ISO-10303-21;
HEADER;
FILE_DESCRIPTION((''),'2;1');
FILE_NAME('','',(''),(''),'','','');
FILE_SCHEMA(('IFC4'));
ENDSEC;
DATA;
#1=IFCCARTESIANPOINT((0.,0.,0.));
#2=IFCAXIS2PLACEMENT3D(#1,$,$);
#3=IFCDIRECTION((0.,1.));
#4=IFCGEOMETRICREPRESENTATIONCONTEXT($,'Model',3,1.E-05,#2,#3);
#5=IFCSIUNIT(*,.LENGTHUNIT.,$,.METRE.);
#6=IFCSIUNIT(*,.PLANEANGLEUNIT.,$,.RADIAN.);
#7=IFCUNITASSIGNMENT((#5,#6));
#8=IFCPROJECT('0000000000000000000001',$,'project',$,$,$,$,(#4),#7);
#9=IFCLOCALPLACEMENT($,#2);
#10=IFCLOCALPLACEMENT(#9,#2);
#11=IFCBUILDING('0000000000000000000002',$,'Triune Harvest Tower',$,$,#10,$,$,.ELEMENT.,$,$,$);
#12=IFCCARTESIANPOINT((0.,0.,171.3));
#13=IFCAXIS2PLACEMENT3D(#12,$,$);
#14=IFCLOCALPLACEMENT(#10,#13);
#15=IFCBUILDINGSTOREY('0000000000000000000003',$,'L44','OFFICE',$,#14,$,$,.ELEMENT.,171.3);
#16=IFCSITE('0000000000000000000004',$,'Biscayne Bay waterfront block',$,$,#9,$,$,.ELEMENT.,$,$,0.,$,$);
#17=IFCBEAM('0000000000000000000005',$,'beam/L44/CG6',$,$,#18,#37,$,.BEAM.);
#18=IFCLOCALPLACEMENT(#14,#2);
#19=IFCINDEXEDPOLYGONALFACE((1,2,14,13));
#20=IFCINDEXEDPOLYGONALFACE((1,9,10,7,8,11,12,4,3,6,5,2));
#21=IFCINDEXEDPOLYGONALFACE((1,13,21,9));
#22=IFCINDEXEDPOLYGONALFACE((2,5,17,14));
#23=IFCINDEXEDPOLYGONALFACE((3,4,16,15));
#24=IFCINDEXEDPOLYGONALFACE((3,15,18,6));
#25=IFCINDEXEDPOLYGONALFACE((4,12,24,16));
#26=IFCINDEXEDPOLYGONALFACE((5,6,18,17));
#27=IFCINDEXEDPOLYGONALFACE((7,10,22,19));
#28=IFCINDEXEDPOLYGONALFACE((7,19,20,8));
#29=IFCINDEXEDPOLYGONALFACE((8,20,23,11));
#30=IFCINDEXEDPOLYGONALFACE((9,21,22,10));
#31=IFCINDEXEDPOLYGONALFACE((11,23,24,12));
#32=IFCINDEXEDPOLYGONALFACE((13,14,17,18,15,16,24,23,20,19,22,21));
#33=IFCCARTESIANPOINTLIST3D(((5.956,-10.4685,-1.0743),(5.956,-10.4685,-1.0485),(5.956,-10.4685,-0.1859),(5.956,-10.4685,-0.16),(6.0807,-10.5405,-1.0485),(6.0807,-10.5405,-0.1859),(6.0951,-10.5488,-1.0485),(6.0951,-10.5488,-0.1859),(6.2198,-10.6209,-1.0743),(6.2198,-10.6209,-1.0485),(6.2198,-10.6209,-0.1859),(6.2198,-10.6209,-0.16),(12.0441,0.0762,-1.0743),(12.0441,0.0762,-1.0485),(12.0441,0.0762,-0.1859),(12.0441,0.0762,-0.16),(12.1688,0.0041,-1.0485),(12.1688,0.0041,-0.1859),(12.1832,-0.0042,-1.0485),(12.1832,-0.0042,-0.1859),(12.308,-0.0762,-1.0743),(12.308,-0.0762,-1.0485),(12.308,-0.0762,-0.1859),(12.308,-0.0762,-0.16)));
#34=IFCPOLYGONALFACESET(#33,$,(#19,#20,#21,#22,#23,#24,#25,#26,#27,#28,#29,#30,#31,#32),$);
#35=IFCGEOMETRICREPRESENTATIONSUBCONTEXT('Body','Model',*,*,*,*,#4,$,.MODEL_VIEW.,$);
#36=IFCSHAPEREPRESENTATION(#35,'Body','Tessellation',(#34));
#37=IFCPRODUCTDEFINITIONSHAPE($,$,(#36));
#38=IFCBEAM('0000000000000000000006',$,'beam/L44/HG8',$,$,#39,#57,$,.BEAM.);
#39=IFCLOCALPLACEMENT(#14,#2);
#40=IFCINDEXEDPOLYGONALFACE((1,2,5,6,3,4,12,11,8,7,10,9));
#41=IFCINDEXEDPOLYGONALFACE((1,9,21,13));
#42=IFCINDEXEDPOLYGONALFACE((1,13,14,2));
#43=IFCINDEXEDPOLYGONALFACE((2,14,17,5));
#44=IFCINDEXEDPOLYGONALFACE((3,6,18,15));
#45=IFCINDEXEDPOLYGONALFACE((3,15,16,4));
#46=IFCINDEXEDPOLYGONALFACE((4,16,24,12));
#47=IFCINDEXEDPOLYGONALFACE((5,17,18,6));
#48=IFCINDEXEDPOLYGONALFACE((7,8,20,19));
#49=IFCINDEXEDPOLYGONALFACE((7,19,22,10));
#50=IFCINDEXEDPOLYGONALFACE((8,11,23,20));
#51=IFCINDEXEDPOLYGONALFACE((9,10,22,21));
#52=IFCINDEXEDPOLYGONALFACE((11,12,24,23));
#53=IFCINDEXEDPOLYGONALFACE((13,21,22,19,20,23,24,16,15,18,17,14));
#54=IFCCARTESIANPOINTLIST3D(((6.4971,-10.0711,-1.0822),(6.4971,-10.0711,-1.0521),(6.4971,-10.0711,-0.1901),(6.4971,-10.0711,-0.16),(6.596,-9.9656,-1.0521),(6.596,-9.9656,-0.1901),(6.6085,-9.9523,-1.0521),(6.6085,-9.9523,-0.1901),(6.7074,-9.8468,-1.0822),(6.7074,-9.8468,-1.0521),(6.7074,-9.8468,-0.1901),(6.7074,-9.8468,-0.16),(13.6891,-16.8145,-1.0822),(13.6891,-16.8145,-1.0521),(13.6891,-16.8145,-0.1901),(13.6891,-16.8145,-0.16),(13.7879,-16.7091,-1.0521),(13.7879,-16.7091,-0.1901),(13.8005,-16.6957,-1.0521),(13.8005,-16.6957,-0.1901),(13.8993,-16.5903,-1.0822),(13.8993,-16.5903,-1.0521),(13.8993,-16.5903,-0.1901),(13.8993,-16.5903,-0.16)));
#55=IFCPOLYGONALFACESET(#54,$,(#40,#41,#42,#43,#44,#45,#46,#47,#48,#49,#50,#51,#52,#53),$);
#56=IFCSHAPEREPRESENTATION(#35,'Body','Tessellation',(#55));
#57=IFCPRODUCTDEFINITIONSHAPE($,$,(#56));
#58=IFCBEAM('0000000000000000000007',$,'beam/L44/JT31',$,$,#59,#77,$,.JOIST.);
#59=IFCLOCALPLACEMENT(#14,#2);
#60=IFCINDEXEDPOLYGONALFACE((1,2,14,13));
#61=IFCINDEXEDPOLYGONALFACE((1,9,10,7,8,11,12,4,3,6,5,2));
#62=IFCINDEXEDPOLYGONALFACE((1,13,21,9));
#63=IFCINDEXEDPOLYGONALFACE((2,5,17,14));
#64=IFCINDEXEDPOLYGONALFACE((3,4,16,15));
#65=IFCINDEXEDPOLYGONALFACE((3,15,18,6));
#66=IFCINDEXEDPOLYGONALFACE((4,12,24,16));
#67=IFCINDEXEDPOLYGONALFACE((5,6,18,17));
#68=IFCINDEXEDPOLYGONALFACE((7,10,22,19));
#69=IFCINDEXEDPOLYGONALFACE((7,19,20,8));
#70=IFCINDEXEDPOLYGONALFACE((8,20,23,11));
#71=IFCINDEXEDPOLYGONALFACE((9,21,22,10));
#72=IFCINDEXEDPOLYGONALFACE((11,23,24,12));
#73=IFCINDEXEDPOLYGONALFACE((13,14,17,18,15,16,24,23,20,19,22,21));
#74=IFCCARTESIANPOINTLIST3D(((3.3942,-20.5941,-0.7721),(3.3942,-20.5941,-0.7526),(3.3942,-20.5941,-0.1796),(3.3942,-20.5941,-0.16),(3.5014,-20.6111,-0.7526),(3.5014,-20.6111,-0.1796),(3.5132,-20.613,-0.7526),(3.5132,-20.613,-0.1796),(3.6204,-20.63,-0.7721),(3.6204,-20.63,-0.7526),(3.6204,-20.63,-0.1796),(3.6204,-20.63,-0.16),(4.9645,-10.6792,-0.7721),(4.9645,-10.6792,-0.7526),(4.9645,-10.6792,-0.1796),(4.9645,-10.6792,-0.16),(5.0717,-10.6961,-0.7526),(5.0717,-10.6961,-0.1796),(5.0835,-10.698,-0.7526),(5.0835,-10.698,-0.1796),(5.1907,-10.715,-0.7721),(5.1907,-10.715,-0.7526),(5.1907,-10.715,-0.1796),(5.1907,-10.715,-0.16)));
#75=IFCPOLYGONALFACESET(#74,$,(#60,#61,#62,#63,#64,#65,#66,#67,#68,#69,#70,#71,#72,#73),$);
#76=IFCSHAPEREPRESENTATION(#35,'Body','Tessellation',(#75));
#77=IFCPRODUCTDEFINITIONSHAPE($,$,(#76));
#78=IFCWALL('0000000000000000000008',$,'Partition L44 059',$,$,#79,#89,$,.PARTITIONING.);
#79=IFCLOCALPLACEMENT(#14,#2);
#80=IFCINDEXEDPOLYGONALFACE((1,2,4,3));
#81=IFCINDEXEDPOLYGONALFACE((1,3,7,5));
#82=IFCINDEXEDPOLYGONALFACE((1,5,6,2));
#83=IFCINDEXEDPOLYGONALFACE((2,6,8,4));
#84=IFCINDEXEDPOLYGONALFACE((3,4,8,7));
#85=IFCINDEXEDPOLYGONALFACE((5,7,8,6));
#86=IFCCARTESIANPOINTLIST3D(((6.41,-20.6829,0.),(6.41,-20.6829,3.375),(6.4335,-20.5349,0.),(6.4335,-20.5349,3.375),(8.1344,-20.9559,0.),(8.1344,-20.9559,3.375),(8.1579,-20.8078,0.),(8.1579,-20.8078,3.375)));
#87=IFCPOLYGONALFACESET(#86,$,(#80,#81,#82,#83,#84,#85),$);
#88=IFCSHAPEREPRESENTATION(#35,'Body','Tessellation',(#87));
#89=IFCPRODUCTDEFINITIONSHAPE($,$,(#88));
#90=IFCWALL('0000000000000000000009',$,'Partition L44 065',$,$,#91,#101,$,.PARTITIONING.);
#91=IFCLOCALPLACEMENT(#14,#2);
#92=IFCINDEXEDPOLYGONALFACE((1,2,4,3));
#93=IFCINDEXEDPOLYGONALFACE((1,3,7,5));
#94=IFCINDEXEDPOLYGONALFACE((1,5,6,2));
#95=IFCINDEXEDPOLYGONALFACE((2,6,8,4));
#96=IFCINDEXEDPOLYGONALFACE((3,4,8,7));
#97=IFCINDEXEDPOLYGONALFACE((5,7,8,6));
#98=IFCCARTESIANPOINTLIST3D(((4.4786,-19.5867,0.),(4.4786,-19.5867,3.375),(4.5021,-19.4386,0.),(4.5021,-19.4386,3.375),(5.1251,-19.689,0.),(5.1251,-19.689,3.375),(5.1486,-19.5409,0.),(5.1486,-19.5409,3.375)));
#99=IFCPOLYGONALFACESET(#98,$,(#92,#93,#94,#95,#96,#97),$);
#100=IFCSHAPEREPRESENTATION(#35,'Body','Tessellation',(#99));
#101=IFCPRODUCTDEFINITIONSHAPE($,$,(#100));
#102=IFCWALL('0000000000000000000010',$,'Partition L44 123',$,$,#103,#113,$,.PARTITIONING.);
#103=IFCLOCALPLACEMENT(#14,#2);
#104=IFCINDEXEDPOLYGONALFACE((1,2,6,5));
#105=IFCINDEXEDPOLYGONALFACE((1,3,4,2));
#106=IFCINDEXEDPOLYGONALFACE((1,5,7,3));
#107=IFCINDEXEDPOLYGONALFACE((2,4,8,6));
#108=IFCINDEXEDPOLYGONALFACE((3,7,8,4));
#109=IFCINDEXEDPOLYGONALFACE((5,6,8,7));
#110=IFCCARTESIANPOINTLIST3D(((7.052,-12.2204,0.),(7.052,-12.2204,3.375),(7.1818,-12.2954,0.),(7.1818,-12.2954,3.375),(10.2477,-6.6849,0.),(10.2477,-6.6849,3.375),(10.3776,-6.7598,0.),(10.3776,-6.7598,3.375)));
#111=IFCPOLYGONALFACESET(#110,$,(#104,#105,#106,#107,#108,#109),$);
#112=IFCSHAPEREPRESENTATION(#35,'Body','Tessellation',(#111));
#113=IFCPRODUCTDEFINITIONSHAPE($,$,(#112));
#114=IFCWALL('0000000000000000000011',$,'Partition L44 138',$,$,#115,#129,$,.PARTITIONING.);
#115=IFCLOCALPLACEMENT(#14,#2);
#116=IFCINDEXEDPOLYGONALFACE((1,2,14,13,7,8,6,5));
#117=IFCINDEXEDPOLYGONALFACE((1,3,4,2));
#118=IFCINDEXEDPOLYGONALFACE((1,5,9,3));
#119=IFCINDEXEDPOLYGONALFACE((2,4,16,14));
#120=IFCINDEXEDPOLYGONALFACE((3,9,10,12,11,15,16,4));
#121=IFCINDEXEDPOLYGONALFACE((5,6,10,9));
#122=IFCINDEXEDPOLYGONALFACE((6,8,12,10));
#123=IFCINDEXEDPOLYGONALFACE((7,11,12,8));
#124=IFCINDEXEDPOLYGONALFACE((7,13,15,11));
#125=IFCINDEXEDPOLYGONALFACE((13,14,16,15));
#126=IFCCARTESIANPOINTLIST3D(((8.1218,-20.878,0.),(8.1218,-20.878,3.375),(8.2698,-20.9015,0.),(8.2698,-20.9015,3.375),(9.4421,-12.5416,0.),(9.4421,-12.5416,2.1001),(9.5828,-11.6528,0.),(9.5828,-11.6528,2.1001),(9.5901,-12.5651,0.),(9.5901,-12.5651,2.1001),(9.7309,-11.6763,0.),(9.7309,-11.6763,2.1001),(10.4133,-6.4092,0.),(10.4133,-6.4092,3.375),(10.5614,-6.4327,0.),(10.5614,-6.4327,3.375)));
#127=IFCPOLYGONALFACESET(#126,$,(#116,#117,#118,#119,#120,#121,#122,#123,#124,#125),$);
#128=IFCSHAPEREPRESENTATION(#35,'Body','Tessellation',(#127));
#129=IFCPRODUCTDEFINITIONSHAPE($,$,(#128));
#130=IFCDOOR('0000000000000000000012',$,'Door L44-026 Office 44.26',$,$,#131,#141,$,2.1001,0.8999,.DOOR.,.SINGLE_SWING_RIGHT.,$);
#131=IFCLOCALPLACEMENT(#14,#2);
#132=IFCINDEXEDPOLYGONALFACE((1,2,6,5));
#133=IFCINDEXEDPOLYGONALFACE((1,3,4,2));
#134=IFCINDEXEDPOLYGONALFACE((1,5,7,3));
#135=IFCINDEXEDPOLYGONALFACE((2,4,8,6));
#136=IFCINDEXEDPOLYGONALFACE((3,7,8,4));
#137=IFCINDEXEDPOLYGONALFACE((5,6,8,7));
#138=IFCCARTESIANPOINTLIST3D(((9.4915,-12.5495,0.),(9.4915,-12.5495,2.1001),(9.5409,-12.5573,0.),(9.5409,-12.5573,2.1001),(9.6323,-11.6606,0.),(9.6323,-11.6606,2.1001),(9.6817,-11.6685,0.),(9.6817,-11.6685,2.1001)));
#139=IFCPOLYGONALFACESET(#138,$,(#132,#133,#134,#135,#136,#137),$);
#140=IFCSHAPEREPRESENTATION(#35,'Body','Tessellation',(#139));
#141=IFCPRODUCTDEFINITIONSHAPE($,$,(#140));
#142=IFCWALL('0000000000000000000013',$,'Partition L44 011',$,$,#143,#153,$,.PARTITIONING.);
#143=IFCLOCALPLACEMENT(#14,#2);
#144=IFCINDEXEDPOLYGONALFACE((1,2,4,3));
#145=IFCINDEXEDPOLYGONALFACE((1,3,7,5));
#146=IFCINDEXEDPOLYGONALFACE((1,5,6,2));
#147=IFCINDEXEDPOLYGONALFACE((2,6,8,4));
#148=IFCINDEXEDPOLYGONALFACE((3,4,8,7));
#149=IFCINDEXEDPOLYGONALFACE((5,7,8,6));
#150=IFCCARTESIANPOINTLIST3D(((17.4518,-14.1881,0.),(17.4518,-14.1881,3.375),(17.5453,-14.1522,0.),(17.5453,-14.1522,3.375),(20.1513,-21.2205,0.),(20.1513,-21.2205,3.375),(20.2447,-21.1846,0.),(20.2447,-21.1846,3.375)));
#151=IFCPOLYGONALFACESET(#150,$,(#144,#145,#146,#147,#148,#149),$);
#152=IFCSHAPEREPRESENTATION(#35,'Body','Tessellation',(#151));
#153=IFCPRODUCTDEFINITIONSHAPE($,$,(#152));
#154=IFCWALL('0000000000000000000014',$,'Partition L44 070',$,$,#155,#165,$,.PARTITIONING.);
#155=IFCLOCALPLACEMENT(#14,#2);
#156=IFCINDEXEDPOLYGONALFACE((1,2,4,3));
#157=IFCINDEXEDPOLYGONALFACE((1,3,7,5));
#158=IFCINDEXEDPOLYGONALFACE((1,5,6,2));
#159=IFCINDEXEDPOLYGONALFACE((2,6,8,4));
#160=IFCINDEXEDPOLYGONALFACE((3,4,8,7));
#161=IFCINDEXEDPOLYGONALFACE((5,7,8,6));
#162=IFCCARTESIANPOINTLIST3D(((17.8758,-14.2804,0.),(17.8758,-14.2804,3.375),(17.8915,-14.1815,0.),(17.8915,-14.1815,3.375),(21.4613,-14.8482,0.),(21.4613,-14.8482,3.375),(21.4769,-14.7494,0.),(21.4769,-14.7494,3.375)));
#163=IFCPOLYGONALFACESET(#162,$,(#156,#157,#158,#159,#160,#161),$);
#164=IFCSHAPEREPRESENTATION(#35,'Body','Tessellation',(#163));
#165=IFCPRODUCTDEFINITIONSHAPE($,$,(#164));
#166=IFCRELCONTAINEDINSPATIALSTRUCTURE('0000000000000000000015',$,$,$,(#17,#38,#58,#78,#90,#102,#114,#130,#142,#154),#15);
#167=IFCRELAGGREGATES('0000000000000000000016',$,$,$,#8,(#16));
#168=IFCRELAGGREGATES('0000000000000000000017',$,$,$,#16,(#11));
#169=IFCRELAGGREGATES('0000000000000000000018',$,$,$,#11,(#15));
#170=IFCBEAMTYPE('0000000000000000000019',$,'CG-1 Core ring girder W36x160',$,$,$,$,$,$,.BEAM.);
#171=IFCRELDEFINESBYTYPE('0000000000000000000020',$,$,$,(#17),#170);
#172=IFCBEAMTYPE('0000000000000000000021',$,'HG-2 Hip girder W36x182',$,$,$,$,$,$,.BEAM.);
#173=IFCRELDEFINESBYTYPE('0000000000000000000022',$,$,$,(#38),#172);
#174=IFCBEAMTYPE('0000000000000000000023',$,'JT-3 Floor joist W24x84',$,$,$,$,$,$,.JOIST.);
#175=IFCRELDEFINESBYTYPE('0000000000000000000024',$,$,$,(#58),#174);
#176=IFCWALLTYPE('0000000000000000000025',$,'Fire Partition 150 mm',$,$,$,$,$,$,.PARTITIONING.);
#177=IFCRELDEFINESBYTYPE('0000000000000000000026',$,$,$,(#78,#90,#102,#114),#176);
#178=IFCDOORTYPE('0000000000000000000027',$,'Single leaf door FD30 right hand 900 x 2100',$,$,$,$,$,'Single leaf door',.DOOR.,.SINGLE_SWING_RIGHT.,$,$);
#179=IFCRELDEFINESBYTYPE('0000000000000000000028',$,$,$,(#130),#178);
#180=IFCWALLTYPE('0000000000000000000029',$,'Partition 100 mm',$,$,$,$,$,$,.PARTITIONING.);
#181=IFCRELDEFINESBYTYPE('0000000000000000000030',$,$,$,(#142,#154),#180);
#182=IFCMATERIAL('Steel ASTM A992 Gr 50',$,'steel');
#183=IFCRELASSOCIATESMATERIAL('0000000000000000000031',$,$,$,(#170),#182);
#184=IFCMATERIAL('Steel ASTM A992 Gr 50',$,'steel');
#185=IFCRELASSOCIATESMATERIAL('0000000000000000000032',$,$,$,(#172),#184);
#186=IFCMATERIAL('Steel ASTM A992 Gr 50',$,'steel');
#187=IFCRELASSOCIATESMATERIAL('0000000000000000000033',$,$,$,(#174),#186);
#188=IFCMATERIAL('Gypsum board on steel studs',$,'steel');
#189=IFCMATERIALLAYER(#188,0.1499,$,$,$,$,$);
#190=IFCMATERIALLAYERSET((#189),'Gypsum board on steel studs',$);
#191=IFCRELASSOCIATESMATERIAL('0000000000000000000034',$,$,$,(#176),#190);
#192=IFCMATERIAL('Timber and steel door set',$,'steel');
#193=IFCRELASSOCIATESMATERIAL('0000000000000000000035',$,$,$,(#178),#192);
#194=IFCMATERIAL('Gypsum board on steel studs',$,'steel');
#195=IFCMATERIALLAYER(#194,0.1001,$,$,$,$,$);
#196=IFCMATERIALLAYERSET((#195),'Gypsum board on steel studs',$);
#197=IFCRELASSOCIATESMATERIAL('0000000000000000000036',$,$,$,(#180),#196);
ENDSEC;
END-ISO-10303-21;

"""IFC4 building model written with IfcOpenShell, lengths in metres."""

from ifc_helpers import new_model, si_unit, direction, frame, frame_2d, origin, origin_2d, place, context, subcontext, project, spatial, rectangle, i_section, extrude, source, transform, mapped, material, layer, layer_set, material_profile, profile_set, type_object, element, fill, save


model = new_model("IFC4")

# Units and contexts
model_context = context("Model", 3, precision=1e-05, world=origin(), true_north=direction((0.0, 1.0)))
body_context = subcontext(model_context, "Body", "Model", "MODEL_VIEW")
ifc_project = project(units=[si_unit("LENGTHUNIT", "METRE"), si_unit("PLANEANGLEUNIT", "RADIAN")], contexts=[model_context])

# Site, building, storey
site_placement = place(None, origin())
site = spatial("IfcSite", under=ifc_project, at=site_placement, Name="Biscayne Bay waterfront block", CompositionType="ELEMENT", RefElevation=0.0)
building_placement = place(site_placement, origin())
building = spatial("IfcBuilding", under=site, at=building_placement, Name="Triune Harvest Tower", CompositionType="ELEMENT")
storey_placement = place(building_placement, frame((0.0, 0.0, 171.3)))
storey = spatial("IfcBuildingStorey", under=building, at=storey_placement, Name="L44", Description="OFFICE", CompositionType="ELEMENT", Elevation=171.3)

# Beams
ifc_material_1 = material(Name="Steel ASTM A992 Gr 50", Category="steel")
ifc_material_profile_1 = material_profile(ifc_material_1, i_section(OverallWidth=0.3047, OverallDepth=0.9143, WebThickness=0.0166, FlangeThickness=0.0259, at=origin_2d()), Name="W36x160")
ifc_profile_set_1 = profile_set([ifc_material_profile_1], Name="Steel ASTM A992 Gr 50")
beam_type_1 = type_object("IfcBeamType", Name="CG-1 Core ring girder W36x160", PredefinedType="BEAM", material=ifc_profile_set_1)
shared_shape_1 = source(origin(), body_context, "Body", "SweptSolid", [
    extrude(i_section(OverallWidth=0.3047, OverallDepth=0.9143, WebThickness=0.0166, FlangeThickness=0.0259, at=origin_2d()), origin(), (0.0, 0.0, 1.0), 12.176),
])
beam_1_placement = place(storey_placement, frame((6.0879, -10.5447, -0.6172), z_axis=(0.50001, 0.86602, 0.0), x_axis=(-0.86602, 0.50001, 0.0)))
element("IfcBeam", 1, at=beam_1_placement, inside=storey, type_object=beam_type_1, Name="beam/L44/CG6", PredefinedType="BEAM", context=body_context, shape_type="MappedRepresentation", body=[
    mapped(shared_shape_1, transform((0.0, 0.0, 0.0), scale=1.0)),
])
ifc_material_2 = material(Name="Steel ASTM A992 Gr 50", Category="steel")
ifc_material_profile_2 = material_profile(ifc_material_2, i_section(OverallWidth=0.3074, OverallDepth=0.9221, WebThickness=0.0183, FlangeThickness=0.03, at=origin_2d()), Name="W36x182")
ifc_profile_set_2 = profile_set([ifc_material_profile_2], Name="Steel ASTM A992 Gr 50")
beam_type_2 = type_object("IfcBeamType", Name="HG-2 Hip girder W36x182", PredefinedType="BEAM", material=ifc_profile_set_2)
shared_shape_2 = source(origin(), body_context, "Body", "SweptSolid", [
    extrude(i_section(OverallWidth=0.3074, OverallDepth=0.9221, WebThickness=0.0183, FlangeThickness=0.03, at=origin_2d()), origin(), (0.0, 0.0, 1.0), 9.8589),
])
beam_2_placement = place(storey_placement, frame((13.7942, -16.7024, -0.6211), z_axis=(-0.729486, 0.683995, 0.0), x_axis=(-0.683995, -0.729486, 0.0)))
element("IfcBeam", 2, at=beam_2_placement, inside=storey, type_object=beam_type_2, Name="beam/L44/HG8", PredefinedType="BEAM", context=body_context, shape_type="MappedRepresentation", body=[
    mapped(shared_shape_2, transform((0.0, 0.0, 0.0), scale=1.0)),
])
ifc_material_3 = material(Name="Steel ASTM A992 Gr 50", Category="steel")
ifc_material_profile_3 = material_profile(ifc_material_3, i_section(OverallWidth=0.229, OverallDepth=0.6121, WebThickness=0.012, FlangeThickness=0.0195, at=origin_2d()), Name="W24x84")
ifc_profile_set_3 = profile_set([ifc_material_profile_3], Name="Steel ASTM A992 Gr 50")
beam_type_3 = type_object("IfcBeamType", Name="JT-3 Floor joist W24x84", PredefinedType="JOIST", material=ifc_profile_set_3)
shared_shape_3 = source(origin(), body_context, "Body", "SweptSolid", [
    extrude(i_section(OverallWidth=0.229, OverallDepth=0.6121, WebThickness=0.012, FlangeThickness=0.0195, at=origin_2d()), origin(), (0.0, 0.0, 1.0), 10.0386),
])
beam_3_placement = place(storey_placement, frame((3.5073, -20.6121, -0.4661), z_axis=(0.156427, 0.98769, 0.0), x_axis=(-0.98769, 0.156427, 0.0)))
element("IfcBeam", 3, at=beam_3_placement, inside=storey, type_object=beam_type_3, Name="beam/L44/JT31", PredefinedType="JOIST", context=body_context, shape_type="MappedRepresentation", body=[
    mapped(shared_shape_3, transform((0.0, 0.0, 0.0), scale=1.0)),
])

# Walls
ifc_material_4 = material(Name="Gypsum board on steel studs", Category="steel")
ifc_layer_1 = layer(ifc_material_4, 0.1499)
ifc_layer_set_1 = layer_set([ifc_layer_1], Name="Gypsum board on steel studs")
wall_type_1 = type_object("IfcWallType", Name="Fire Partition 150 mm", PredefinedType="PARTITIONING", material=ifc_layer_set_1)
wall_1_placement = place(storey_placement, frame((6.4216, -20.6089, 0.0), z_axis=(0.0, 0.0, 1.0), x_axis=(0.987703, -0.156343, 0.0)))
element("IfcWall", 4, at=wall_1_placement, inside=storey, type_object=wall_type_1, Name="Partition L44 059", PredefinedType="PARTITIONING", context=body_context, shape_type="SweptSolid", body=[
    extrude(rectangle(XDim=1.7458, YDim=0.1499, at=frame_2d((0.873, 0.0))), origin(), (0.0, 0.0, 1.0), 3.375),
])
wall_2_placement = place(storey_placement, frame((4.4905, -19.5127, 0.0), z_axis=(0.0, 0.0, 1.0), x_axis=(0.987711, -0.156288, 0.0)))
element("IfcWall", 5, at=wall_2_placement, inside=storey, type_object=wall_type_1, Name="Partition L44 065", PredefinedType="PARTITIONING", context=body_context, shape_type="SweptSolid", body=[
    extrude(rectangle(XDim=0.6545, YDim=0.1499, at=frame_2d((0.3271, 0.0))), origin(), (0.0, 0.0, 1.0), 3.375),
])
wall_3_placement = place(storey_placement, frame((7.1169, -12.2578, 0.0), z_axis=(0.0, 0.0, 1.0), x_axis=(0.499976, 0.866039, 0.0)))
element("IfcWall", 6, at=wall_3_placement, inside=storey, type_object=wall_type_1, Name="Partition L44 123", PredefinedType="PARTITIONING", context=body_context, shape_type="SweptSolid", body=[
    extrude(rectangle(XDim=6.3918, YDim=0.1499, at=frame_2d((3.1958, 0.0))), origin(), (0.0, 0.0, 1.0), 3.375),
])

# Wall, opening, door
wall_4_placement = place(storey_placement, frame((8.1958, -20.8899, 0.0), z_axis=(0.0, 0.0, 1.0), x_axis=(0.156426, 0.98769, 0.0)))
wall_4 = element("IfcWall", 7, at=wall_4_placement, inside=storey, type_object=wall_type_1, Name="Partition L44 138", PredefinedType="PARTITIONING", context=body_context, shape_type="SweptSolid", body=[
    extrude(rectangle(XDim=14.6492, YDim=0.1499, at=frame_2d((7.3247, 0.0))), origin(), (0.0, 0.0, 1.0), 3.375),
])
opening_placement = place(wall_4_placement, frame((8.4404, 0.0, 0.0)))
opening = element("IfcOpeningElement", 8, at=opening_placement, cuts=wall_4, PredefinedType="OPENING", context=body_context, shape_type="SweptSolid", body=[
    extrude(rectangle(XDim=0.8999, YDim=2.1001, at=frame_2d((0.45, 1.05))), frame((0.0, 0.085, 0.0), z_axis=(0.0, -1.0, 0.0), x_axis=(1.0, 0.0, 0.0)), (0.0, 0.0, 1.0), 0.1699),
])
ifc_material_5 = material(Name="Timber and steel door set", Category="steel")
door_type = type_object("IfcDoorType", Name="Single leaf door FD30 right hand 900 x 2100", ElementType="Single leaf door", OperationType="SINGLE_SWING_RIGHT", PredefinedType="DOOR", material=ifc_material_5)
door_placement = place(opening_placement, origin())
door = element("IfcDoor", 9, at=door_placement, inside=storey, type_object=door_type, Name="Door L44-026 Office 44.26", OperationType="SINGLE_SWING_RIGHT", OverallHeight=2.1001, OverallWidth=0.8999, PredefinedType="DOOR", context=body_context, shape_type="SweptSolid", body=[
    extrude(rectangle(XDim=0.8999, YDim=2.1001, at=frame_2d((0.45, 1.05))), frame((0.0, 0.0249, 0.0), z_axis=(0.0, -1.0, 0.0), x_axis=(1.0, 0.0, 0.0)), (0.0, 0.0, 1.0), 0.05),
])
fill(opening, door)

# Walls
ifc_material_6 = material(Name="Gypsum board on steel studs", Category="steel")
ifc_layer_2 = layer(ifc_material_6, 0.1001)
ifc_layer_set_2 = layer_set([ifc_layer_2], Name="Gypsum board on steel studs")
wall_type_2 = type_object("IfcWallType", Name="Partition 100 mm", PredefinedType="PARTITIONING", material=ifc_layer_set_2)
wall_5_placement = place(storey_placement, frame((17.4985, -14.1702, 0.0), z_axis=(0.0, 0.0, 1.0), x_axis=(0.358362, -0.933583, 0.0)))
element("IfcWall", 10, at=wall_5_placement, inside=storey, type_object=wall_type_2, Name="Partition L44 011", PredefinedType="PARTITIONING", context=body_context, shape_type="SweptSolid", body=[
    extrude(rectangle(XDim=7.5327, YDim=0.1001, at=frame_2d((3.7664, 0.0))), origin(), (0.0, 0.0, 1.0), 3.375),
])
wall_6_placement = place(storey_placement, frame((17.8838, -14.231, 0.0), z_axis=(0.0, 0.0, 1.0), x_axis=(0.987689, -0.156432, 0.0)))
element("IfcWall", 11, at=wall_6_placement, inside=storey, type_object=wall_type_2, Name="Partition L44 070", PredefinedType="PARTITIONING", context=body_context, shape_type="SweptSolid", body=[
    extrude(rectangle(XDim=3.6301, YDim=0.1001, at=frame_2d((1.8149, 0.0))), origin(), (0.0, 0.0, 1.0), 3.375),
])

save(model, "model.ifc")
